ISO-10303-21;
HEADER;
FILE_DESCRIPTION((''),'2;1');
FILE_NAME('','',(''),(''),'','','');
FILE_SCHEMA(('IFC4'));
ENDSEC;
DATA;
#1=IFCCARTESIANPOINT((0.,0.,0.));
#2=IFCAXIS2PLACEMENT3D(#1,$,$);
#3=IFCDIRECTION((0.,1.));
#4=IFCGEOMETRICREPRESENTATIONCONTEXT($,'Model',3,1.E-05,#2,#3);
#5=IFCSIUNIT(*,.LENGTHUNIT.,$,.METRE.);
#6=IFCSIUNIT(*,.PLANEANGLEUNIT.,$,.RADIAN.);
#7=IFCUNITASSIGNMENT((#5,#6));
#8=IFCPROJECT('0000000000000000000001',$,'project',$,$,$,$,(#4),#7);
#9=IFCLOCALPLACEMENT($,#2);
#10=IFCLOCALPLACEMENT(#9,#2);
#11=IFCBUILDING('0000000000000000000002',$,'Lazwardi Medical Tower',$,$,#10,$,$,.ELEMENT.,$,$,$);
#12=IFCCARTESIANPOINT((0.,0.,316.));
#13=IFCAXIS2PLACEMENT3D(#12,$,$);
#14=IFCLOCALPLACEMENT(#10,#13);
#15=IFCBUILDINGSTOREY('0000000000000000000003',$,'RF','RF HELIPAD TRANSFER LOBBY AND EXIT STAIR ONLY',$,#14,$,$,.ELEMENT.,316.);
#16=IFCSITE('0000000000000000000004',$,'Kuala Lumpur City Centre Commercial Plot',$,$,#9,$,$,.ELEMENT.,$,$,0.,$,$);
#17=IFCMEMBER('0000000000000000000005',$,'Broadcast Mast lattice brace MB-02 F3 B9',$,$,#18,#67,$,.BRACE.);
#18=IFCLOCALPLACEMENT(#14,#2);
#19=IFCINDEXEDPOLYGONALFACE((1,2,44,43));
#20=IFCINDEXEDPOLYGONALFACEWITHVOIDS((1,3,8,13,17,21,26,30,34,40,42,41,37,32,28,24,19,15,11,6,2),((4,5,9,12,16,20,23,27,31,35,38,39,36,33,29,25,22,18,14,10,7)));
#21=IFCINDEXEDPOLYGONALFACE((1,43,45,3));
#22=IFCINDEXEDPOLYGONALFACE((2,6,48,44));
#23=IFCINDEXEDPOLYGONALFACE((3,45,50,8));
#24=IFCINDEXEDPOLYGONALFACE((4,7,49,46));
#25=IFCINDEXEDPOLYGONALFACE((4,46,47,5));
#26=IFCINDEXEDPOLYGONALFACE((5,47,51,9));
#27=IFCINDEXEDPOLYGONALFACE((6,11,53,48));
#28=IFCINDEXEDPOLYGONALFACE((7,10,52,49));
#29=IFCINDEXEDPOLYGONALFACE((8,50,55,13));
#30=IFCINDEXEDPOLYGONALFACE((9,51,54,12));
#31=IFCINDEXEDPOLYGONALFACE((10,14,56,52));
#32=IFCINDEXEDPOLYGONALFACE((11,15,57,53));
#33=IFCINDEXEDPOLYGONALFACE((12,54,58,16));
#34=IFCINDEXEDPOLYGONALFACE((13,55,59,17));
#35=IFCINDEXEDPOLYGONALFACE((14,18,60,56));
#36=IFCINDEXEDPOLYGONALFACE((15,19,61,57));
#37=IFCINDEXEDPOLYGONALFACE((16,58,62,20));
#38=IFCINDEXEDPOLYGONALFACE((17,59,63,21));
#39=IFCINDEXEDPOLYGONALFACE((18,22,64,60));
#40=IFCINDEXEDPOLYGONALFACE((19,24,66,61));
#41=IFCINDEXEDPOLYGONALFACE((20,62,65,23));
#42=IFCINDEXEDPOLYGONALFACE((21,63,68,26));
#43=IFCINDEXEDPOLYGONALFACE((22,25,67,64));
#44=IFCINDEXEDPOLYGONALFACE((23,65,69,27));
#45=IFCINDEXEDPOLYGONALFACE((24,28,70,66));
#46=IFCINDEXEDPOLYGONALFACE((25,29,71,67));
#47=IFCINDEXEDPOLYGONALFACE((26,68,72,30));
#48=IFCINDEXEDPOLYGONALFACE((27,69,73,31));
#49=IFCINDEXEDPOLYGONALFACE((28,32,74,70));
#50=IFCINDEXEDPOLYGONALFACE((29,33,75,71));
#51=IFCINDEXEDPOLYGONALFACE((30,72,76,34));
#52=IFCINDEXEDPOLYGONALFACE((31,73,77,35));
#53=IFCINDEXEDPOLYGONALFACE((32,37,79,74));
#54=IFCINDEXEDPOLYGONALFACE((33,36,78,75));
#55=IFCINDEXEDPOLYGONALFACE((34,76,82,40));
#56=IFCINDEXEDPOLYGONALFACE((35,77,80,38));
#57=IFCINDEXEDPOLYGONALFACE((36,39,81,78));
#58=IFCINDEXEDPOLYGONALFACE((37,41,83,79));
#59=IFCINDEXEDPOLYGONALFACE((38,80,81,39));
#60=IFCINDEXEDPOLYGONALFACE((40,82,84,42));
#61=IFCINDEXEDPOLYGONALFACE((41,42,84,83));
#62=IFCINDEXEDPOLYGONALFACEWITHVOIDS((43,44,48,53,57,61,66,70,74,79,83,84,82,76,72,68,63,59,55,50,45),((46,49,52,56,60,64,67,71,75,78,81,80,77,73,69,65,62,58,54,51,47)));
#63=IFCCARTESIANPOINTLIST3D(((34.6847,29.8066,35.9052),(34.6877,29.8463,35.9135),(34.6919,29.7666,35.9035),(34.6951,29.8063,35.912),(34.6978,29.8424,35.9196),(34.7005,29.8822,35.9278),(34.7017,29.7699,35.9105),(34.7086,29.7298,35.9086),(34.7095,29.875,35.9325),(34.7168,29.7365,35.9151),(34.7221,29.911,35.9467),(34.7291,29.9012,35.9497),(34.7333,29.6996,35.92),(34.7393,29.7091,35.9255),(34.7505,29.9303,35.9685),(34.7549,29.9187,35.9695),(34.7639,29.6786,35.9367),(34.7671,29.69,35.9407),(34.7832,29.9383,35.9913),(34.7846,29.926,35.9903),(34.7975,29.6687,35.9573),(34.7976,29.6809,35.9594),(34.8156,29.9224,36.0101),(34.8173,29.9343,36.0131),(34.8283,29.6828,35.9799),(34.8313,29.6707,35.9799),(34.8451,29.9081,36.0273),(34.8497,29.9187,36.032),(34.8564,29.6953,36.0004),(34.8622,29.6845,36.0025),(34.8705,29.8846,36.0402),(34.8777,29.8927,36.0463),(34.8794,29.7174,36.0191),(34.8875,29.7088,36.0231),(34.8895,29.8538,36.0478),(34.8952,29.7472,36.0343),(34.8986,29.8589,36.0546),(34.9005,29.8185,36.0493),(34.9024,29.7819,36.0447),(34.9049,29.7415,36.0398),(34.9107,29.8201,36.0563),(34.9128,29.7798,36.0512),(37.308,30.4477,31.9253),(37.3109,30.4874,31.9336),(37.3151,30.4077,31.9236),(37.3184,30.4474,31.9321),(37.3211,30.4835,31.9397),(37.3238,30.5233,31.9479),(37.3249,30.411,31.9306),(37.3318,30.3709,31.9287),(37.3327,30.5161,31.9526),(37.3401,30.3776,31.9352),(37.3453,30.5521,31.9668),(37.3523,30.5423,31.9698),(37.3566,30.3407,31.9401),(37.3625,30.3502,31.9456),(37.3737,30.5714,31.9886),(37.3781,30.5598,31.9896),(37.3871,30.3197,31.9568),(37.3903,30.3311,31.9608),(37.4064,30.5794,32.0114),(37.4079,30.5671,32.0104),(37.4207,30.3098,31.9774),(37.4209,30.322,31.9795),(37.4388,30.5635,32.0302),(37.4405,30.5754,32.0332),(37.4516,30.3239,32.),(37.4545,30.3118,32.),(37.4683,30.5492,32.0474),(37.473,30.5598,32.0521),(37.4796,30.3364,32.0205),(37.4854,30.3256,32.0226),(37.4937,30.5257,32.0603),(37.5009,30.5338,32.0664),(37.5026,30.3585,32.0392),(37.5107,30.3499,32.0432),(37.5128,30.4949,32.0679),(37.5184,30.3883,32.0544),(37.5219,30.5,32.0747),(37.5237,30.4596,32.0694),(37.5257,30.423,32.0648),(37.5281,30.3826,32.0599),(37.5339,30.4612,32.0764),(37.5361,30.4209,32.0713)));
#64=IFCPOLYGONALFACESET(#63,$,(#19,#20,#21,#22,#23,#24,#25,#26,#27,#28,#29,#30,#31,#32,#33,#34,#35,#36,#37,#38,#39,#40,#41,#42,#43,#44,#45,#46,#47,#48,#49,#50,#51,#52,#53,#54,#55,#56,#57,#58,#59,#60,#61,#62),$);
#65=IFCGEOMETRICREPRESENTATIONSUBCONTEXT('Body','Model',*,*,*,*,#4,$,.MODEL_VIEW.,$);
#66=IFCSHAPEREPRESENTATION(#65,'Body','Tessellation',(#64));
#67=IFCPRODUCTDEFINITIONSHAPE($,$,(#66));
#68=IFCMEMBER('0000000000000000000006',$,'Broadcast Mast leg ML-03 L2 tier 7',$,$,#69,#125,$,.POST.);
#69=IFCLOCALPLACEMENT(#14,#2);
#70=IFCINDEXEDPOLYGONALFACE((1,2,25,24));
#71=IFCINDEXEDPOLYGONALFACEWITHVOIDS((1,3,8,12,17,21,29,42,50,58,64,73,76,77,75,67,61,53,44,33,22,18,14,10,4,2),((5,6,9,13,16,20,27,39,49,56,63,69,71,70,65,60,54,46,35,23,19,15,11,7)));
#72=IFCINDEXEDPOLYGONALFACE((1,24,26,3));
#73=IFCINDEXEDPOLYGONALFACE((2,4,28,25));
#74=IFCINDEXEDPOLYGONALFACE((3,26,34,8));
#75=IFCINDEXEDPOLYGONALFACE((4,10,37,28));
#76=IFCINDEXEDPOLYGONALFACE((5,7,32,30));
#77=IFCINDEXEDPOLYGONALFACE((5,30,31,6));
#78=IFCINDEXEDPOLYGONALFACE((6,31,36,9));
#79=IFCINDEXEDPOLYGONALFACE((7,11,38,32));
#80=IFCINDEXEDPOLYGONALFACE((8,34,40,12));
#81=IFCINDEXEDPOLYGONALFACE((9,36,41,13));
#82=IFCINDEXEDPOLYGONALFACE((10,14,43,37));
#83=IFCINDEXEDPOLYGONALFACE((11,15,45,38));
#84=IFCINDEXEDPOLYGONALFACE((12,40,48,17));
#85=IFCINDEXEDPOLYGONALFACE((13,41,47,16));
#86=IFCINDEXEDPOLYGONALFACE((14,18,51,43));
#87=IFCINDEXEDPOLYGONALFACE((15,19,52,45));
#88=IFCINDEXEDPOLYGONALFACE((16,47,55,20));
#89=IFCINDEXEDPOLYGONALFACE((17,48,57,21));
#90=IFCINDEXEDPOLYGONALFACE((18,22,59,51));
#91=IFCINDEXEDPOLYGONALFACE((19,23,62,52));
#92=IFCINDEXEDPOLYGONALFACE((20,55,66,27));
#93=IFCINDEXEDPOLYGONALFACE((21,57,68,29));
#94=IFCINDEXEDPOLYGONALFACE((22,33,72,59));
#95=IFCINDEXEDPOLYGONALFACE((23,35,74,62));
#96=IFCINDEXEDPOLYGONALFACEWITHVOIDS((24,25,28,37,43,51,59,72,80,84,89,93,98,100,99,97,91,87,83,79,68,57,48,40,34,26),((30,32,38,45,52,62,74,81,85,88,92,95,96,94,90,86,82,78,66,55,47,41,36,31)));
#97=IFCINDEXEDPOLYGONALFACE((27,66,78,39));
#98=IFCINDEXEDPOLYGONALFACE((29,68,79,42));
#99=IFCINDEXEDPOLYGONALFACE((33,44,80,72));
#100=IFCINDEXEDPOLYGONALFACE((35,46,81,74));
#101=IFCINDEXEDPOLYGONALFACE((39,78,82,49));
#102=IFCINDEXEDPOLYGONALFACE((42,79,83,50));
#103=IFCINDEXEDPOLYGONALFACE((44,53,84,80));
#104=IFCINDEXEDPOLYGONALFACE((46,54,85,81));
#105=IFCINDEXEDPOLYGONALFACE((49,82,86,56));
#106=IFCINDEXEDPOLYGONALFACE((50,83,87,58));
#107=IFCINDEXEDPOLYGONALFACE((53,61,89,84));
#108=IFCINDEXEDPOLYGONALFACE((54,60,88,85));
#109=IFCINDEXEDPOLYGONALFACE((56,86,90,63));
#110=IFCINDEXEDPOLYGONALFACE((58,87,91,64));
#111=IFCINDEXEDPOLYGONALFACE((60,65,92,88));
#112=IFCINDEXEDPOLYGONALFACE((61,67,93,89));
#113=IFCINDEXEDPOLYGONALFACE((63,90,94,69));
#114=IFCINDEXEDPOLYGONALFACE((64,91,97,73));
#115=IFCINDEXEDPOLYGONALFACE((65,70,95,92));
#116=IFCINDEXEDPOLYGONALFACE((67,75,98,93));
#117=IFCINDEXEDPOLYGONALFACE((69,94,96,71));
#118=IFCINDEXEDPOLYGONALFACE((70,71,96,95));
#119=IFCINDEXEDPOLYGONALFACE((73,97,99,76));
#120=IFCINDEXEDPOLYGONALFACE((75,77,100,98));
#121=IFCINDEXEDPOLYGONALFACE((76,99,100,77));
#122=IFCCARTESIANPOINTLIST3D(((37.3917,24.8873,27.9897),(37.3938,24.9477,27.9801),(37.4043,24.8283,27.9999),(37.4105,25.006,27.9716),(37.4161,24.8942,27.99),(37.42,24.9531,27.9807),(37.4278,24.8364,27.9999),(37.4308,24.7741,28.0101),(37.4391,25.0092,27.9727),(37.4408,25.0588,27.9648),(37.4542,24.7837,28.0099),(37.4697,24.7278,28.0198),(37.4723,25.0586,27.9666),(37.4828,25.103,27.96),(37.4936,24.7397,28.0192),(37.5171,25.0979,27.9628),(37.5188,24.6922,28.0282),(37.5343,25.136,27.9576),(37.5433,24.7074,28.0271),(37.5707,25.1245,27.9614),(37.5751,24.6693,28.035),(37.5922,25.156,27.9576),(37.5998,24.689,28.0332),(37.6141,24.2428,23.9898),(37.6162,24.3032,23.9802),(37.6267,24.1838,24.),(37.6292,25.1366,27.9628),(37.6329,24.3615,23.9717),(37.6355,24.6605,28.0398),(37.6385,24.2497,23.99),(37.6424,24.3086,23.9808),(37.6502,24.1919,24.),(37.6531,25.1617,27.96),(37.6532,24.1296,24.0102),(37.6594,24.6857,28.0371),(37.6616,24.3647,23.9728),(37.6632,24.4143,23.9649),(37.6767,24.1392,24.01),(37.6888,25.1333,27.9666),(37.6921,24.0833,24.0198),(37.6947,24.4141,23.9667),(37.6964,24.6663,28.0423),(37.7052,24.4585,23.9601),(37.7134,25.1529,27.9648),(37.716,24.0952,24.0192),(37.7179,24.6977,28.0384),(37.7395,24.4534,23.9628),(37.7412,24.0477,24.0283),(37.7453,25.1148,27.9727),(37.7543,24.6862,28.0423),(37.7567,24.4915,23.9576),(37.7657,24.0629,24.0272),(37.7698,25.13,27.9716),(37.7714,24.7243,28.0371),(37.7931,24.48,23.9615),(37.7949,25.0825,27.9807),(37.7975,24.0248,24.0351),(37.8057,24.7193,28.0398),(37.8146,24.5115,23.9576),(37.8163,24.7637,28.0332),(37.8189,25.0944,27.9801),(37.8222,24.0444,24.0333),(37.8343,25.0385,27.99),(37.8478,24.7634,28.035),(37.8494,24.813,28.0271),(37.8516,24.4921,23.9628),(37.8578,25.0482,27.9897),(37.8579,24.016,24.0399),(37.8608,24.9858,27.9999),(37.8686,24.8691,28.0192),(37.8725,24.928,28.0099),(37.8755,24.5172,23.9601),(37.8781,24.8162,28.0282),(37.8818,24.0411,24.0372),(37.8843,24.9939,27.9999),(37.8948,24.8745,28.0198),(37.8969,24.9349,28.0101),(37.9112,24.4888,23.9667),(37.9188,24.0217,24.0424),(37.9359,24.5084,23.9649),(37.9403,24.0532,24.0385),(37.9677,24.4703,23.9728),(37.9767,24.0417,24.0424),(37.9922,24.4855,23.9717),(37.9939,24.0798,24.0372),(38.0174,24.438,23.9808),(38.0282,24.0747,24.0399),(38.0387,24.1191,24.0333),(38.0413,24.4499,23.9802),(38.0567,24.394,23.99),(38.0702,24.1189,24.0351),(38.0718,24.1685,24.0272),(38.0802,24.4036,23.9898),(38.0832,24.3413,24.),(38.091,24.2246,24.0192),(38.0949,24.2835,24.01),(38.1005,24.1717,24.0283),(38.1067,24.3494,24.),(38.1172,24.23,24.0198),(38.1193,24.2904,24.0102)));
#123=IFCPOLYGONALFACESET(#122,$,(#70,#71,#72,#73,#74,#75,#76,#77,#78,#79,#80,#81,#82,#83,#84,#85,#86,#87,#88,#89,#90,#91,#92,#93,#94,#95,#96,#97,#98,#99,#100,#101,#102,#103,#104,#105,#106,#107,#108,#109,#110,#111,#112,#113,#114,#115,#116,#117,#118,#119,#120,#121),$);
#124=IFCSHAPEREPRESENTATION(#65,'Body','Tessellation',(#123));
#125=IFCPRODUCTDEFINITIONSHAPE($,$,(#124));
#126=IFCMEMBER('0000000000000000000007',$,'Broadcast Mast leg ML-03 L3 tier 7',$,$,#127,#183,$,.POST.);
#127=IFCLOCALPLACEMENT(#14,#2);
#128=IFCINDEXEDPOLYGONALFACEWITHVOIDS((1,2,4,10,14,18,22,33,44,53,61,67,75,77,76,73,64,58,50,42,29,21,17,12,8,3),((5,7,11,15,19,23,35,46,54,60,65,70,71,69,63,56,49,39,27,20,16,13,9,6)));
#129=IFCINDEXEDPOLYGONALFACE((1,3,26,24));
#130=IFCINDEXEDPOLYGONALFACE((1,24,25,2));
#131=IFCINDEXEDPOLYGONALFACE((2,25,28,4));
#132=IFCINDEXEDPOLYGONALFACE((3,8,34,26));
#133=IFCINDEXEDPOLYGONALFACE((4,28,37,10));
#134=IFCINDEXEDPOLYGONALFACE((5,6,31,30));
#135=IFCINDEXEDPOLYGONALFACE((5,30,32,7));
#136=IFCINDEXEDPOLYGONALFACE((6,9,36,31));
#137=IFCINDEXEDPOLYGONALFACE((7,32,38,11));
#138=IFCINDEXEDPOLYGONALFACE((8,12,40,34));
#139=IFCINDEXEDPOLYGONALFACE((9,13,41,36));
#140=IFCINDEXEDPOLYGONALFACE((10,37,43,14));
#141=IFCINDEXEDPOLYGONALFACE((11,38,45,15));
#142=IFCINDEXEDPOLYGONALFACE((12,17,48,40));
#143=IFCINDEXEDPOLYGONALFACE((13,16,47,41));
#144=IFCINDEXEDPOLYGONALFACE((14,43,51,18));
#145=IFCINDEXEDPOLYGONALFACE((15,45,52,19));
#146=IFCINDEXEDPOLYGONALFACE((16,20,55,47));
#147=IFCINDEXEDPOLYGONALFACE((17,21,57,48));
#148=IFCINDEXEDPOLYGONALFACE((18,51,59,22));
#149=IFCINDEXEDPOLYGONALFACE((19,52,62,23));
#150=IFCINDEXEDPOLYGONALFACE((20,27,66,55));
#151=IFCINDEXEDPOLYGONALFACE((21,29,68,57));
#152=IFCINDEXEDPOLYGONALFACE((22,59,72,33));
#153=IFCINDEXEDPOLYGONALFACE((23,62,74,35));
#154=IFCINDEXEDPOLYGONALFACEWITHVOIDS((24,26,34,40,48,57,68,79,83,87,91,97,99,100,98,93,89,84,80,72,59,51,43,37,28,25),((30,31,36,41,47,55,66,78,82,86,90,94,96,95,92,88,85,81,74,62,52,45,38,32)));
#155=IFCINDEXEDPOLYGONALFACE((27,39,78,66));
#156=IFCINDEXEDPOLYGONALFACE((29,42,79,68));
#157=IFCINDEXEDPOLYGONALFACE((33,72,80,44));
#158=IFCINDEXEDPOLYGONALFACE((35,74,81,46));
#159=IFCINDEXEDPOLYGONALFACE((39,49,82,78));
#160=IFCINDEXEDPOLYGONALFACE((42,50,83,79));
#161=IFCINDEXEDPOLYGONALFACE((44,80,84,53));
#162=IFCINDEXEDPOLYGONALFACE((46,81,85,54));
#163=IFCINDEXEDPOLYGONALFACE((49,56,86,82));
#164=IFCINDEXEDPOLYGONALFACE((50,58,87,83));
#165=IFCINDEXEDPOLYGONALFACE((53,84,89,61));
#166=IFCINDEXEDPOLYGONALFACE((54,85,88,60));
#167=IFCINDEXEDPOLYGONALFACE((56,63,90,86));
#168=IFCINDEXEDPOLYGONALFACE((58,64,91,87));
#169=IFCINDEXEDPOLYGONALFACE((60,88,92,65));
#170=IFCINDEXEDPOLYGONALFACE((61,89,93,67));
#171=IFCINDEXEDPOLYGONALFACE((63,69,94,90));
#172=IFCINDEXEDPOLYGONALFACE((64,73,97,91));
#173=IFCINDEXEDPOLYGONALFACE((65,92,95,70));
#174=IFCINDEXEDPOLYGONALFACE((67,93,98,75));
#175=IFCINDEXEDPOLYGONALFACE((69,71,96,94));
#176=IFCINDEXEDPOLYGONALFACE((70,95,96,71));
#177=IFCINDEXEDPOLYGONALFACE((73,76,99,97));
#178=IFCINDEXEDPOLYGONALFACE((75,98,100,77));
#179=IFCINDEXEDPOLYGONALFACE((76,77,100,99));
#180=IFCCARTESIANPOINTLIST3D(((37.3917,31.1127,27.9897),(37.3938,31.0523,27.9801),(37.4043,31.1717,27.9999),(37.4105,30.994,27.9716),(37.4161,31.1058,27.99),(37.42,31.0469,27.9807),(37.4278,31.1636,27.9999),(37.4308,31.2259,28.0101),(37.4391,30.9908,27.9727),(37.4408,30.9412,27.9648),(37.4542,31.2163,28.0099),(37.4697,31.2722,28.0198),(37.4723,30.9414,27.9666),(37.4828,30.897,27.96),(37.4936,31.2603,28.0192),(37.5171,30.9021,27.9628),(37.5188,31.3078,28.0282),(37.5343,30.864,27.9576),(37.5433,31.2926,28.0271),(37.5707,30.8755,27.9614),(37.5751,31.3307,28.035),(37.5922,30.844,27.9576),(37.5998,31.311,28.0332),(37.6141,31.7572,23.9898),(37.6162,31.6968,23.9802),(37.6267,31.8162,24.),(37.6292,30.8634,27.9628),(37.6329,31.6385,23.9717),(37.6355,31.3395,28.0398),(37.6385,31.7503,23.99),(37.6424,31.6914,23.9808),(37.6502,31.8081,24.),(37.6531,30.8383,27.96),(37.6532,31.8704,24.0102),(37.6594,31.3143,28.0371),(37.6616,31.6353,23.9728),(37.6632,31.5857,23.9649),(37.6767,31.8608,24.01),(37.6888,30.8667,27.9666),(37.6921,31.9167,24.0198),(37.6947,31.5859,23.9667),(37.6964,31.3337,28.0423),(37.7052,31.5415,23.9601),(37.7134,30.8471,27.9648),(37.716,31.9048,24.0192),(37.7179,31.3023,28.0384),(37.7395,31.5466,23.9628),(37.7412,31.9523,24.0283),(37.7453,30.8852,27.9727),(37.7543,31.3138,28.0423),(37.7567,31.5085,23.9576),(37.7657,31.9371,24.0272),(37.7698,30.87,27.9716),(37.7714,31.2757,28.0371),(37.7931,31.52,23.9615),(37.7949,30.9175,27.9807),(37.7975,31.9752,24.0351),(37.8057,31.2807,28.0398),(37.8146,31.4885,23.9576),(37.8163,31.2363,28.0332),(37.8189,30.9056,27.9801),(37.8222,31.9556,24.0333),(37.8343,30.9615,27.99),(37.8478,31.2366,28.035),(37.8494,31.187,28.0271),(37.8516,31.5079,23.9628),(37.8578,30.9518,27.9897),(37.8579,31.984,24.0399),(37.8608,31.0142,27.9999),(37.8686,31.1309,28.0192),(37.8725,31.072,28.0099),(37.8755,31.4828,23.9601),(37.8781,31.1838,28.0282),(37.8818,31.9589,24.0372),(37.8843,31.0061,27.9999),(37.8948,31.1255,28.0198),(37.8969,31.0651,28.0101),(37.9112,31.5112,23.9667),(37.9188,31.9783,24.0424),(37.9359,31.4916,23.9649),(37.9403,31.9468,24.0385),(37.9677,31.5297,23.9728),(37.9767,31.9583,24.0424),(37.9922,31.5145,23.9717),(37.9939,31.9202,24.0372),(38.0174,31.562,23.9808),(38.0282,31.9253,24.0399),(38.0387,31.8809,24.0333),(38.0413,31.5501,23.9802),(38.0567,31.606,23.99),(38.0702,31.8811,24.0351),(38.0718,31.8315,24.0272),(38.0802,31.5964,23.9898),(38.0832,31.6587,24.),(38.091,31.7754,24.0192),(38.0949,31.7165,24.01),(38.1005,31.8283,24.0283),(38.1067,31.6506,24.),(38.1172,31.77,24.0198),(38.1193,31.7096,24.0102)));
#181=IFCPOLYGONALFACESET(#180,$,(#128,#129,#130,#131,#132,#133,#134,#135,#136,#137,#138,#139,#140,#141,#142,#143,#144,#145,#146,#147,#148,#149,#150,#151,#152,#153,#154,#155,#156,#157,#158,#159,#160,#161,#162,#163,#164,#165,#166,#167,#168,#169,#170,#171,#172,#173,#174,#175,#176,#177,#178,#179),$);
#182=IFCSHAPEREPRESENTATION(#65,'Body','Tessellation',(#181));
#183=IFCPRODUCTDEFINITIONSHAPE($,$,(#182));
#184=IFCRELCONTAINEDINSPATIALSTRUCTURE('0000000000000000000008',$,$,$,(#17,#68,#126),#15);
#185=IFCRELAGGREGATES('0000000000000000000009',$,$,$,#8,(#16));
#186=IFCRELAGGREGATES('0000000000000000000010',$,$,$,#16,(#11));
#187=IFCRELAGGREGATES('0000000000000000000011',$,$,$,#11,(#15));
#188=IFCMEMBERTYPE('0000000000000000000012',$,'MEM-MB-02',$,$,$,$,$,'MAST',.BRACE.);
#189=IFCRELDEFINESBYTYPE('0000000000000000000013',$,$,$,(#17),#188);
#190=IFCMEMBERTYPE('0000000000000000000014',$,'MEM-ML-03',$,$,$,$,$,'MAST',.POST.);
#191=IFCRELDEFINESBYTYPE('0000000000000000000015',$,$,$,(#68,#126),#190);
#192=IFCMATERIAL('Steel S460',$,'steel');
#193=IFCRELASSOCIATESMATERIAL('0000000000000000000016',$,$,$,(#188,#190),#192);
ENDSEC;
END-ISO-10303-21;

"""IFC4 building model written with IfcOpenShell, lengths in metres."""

from ifc_helpers import new_model, si_unit, direction, frame, origin, origin_2d, place, context, subcontext, project, spatial, hollow_circle, extrude, material, material_profile, profile_set, type_object, element, save


model = new_model("IFC4")

# Units and contexts
model_context = context("Model", 3, precision=1e-05, world=origin(), true_north=direction((0.0, 1.0)))
body_context = subcontext(model_context, "Body", "Model", "MODEL_VIEW")
ifc_project = project(units=[si_unit("LENGTHUNIT", "METRE"), si_unit("PLANEANGLEUNIT", "RADIAN")], contexts=[model_context])

# Site, building, storey
site_placement = place(None, origin())
site = spatial("IfcSite", under=ifc_project, at=site_placement, Name="Kuala Lumpur City Centre Commercial Plot", CompositionType="ELEMENT", RefElevation=0.0)
building_placement = place(site_placement, origin())
building = spatial("IfcBuilding", under=site, at=building_placement, Name="Lazwardi Medical Tower", CompositionType="ELEMENT")
storey_placement = place(building_placement, frame((0.0, 0.0, 316.0)))
storey = spatial("IfcBuildingStorey", under=building, at=storey_placement, Name="RF", Description="RF HELIPAD TRANSFER LOBBY AND EXIT STAIR ONLY", CompositionType="ELEMENT", Elevation=316.0)

# Members
ifc_material = material(Name="Steel S460", Category="steel")
ifc_material_profile_1 = material_profile(ifc_material, hollow_circle(Radius=0.1365, WallThickness=0.0125, at=origin_2d()), Name="CHS 273x12.5")
ifc_profile_set_1 = profile_set([ifc_material_profile_1], Name="Steel S460")
member_type_1 = type_object("IfcMemberType", Name="MEM-MB-02", ElementType="MAST", PredefinedType="BRACE", material=ifc_profile_set_1)
member_1_placement = place(storey_placement, frame((37.4221, 30.4443, 32.0), z_axis=(-0.54542, -0.133297, 0.827496), x_axis=(0.237406, -0.971411, 0.0)))
element("IfcMember", 1, at=member_1_placement, inside=storey, type_object=member_type_1, Name="Broadcast Mast lattice brace MB-02 F3 B9", PredefinedType="BRACE", context=body_context, shape_type="SweptSolid", body=[
    extrude(hollow_circle(Radius=0.1365, WallThickness=0.0125, at=origin_2d()), origin(), (0.0, 0.0, 1.0), 4.8096),
])
ifc_material_profile_2 = material_profile(ifc_material, hollow_circle(Radius=0.2539, WallThickness=0.0249, at=origin_2d()), Name="CHS 508x25")
ifc_profile_set_2 = profile_set([ifc_material_profile_2], Name="Steel S460")
member_type_2 = type_object("IfcMemberType", Name="MEM-ML-03", ElementType="MAST", PredefinedType="POST", material=ifc_profile_set_2)
for number, where, z_axis, x_axis, name in (
    (2, (37.8667, 24.2666, 24.0), (-0.054812, 0.158842, 0.985781), (-0.945301, -0.3262, 0.0), "Broadcast Mast leg ML-03 L2 tier 7"),
    (3, (37.8667, 31.7334, 24.0), (-0.054812, -0.158842, 0.985781), (0.945301, -0.3262, 0.0), "Broadcast Mast leg ML-03 L3 tier 7"),
):
    element("IfcMember", number, at=place(storey_placement, frame(where, z_axis=z_axis, x_axis=x_axis)), inside=storey, type_object=member_type_2, Name=name, PredefinedType="POST", context=body_context, shape_type="SweptSolid", body=[
        extrude(hollow_circle(Radius=0.2539, WallThickness=0.0249, at=origin_2d()), origin(), (0.0, 0.0, 1.0), 4.0576),
    ])

save(model, "model.ifc")
